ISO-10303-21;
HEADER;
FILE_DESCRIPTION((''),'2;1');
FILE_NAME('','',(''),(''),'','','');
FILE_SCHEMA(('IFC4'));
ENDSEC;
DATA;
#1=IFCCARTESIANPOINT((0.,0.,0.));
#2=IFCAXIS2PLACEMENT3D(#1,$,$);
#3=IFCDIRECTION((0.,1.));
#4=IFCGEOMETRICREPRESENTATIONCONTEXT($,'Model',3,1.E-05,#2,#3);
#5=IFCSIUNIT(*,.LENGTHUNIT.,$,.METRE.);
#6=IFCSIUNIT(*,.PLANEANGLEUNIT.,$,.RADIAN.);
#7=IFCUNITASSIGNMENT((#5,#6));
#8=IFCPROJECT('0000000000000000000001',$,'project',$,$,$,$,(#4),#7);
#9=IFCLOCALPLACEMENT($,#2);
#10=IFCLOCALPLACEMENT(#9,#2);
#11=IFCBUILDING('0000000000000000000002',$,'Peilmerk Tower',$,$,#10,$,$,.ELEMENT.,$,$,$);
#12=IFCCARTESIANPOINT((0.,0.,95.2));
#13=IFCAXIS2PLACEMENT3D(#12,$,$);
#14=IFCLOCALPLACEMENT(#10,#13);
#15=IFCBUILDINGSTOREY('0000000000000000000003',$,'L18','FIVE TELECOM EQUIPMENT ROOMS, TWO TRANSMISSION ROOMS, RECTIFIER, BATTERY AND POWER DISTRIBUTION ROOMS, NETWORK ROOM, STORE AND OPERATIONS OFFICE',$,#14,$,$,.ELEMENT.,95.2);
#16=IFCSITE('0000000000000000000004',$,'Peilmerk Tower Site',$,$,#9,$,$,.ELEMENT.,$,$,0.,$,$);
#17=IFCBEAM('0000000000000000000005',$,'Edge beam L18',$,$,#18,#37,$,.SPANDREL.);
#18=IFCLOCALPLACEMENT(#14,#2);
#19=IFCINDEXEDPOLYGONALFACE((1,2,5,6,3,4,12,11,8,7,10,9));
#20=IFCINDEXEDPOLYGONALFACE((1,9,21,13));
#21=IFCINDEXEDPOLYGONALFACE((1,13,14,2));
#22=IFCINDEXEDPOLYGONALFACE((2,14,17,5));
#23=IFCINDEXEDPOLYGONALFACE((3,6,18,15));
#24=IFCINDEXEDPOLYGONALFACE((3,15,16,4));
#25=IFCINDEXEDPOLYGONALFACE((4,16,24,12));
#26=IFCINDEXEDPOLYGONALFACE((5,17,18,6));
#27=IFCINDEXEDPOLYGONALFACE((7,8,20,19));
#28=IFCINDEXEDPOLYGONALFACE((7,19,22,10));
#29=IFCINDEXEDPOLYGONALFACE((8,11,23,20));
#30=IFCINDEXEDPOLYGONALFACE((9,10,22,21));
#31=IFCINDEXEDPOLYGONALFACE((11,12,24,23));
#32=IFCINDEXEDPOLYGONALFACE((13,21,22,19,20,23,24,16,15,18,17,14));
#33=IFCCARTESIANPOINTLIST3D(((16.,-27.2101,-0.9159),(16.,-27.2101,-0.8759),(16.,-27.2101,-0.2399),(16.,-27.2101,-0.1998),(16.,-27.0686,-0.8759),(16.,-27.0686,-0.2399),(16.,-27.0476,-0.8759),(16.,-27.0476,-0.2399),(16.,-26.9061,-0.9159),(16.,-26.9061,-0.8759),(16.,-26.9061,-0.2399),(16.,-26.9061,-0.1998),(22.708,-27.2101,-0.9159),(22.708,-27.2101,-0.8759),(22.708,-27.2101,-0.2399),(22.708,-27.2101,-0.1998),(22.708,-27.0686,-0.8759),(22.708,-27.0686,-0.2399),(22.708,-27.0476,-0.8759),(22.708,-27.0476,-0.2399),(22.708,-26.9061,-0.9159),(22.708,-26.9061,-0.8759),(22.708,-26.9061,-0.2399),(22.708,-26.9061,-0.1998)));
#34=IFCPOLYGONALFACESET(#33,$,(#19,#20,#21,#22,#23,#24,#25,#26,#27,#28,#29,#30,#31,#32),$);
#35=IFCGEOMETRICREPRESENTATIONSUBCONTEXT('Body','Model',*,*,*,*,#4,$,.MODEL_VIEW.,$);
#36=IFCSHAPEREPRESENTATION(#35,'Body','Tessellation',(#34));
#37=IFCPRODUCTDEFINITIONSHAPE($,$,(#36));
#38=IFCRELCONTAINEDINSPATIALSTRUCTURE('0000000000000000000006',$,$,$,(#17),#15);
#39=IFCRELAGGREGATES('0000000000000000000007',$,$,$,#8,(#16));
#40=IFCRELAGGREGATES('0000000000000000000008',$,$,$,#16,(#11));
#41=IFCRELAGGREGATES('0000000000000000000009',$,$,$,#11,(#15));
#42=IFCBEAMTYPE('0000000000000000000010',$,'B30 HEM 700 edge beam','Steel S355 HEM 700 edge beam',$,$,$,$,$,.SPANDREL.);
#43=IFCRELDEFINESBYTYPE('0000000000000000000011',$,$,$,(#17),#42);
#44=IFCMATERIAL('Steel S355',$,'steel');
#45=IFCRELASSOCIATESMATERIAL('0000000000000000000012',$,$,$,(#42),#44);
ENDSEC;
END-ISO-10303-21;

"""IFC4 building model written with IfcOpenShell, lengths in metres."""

from ifc_helpers import new_model, si_unit, direction, frame, origin, origin_2d, place, context, subcontext, project, spatial, i_section, extrude, material, material_profile, profile_set, type_object, element, save


model = new_model("IFC4")

# Units and contexts
model_context = context("Model", 3, precision=1e-05, world=origin(), true_north=direction((0.0, 1.0)))
body_context = subcontext(model_context, "Body", "Model", "MODEL_VIEW")
ifc_project = project(units=[si_unit("LENGTHUNIT", "METRE"), si_unit("PLANEANGLEUNIT", "RADIAN")], contexts=[model_context])

# Site, building, storey
site_placement = place(None, origin())
site = spatial("IfcSite", under=ifc_project, at=site_placement, Name="Peilmerk Tower Site", CompositionType="ELEMENT", RefElevation=0.0)
building_placement = place(site_placement, origin())
building = spatial("IfcBuilding", under=site, at=building_placement, Name="Peilmerk Tower", CompositionType="ELEMENT")
storey_placement = place(building_placement, frame((0.0, 0.0, 95.2)))
storey = spatial("IfcBuildingStorey", under=building, at=storey_placement, Name="L18", Description="FIVE TELECOM EQUIPMENT ROOMS, TWO TRANSMISSION ROOMS, RECTIFIER, BATTERY AND POWER DISTRIBUTION ROOMS, NETWORK ROOM, STORE AND OPERATIONS OFFICE", CompositionType="ELEMENT", Elevation=95.2)

# Beam
ifc_material_1 = material(Name="Steel S355", Category="steel")
ifc_material_profile_1 = material_profile(ifc_material_1, i_section(OverallWidth=0.304, OverallDepth=0.7161, WebThickness=0.021, FlangeThickness=0.04, at=origin_2d()), Name="HEM 700")
ifc_profile_set_1 = profile_set([ifc_material_profile_1], Name="Steel S355")
beam_type_1 = type_object("IfcBeamType", Name="B30 HEM 700 edge beam", Description="Steel S355 HEM 700 edge beam", PredefinedType="SPANDREL", material=ifc_profile_set_1)
for number, where, z_axis, x_axis, name in (
    (1, (16.0, -27.0581, -0.5579), (1.0, 0.0, 0.0), (0.0, 1.0, 0.0), "Edge beam L18"),
):
    element("IfcBeam", number, at=place(storey_placement, frame(where, z_axis=z_axis, x_axis=x_axis)), inside=storey, type_object=beam_type_1, Name=name, PredefinedType="SPANDREL", context=body_context, shape_type="SweptSolid", body=[
        extrude(i_section(OverallWidth=0.304, OverallDepth=0.7161, WebThickness=0.021, FlangeThickness=0.04, at=origin_2d()), origin(), (0.0, 0.0, 1.0), 6.708),
    ])

save(model, "model.ifc")
